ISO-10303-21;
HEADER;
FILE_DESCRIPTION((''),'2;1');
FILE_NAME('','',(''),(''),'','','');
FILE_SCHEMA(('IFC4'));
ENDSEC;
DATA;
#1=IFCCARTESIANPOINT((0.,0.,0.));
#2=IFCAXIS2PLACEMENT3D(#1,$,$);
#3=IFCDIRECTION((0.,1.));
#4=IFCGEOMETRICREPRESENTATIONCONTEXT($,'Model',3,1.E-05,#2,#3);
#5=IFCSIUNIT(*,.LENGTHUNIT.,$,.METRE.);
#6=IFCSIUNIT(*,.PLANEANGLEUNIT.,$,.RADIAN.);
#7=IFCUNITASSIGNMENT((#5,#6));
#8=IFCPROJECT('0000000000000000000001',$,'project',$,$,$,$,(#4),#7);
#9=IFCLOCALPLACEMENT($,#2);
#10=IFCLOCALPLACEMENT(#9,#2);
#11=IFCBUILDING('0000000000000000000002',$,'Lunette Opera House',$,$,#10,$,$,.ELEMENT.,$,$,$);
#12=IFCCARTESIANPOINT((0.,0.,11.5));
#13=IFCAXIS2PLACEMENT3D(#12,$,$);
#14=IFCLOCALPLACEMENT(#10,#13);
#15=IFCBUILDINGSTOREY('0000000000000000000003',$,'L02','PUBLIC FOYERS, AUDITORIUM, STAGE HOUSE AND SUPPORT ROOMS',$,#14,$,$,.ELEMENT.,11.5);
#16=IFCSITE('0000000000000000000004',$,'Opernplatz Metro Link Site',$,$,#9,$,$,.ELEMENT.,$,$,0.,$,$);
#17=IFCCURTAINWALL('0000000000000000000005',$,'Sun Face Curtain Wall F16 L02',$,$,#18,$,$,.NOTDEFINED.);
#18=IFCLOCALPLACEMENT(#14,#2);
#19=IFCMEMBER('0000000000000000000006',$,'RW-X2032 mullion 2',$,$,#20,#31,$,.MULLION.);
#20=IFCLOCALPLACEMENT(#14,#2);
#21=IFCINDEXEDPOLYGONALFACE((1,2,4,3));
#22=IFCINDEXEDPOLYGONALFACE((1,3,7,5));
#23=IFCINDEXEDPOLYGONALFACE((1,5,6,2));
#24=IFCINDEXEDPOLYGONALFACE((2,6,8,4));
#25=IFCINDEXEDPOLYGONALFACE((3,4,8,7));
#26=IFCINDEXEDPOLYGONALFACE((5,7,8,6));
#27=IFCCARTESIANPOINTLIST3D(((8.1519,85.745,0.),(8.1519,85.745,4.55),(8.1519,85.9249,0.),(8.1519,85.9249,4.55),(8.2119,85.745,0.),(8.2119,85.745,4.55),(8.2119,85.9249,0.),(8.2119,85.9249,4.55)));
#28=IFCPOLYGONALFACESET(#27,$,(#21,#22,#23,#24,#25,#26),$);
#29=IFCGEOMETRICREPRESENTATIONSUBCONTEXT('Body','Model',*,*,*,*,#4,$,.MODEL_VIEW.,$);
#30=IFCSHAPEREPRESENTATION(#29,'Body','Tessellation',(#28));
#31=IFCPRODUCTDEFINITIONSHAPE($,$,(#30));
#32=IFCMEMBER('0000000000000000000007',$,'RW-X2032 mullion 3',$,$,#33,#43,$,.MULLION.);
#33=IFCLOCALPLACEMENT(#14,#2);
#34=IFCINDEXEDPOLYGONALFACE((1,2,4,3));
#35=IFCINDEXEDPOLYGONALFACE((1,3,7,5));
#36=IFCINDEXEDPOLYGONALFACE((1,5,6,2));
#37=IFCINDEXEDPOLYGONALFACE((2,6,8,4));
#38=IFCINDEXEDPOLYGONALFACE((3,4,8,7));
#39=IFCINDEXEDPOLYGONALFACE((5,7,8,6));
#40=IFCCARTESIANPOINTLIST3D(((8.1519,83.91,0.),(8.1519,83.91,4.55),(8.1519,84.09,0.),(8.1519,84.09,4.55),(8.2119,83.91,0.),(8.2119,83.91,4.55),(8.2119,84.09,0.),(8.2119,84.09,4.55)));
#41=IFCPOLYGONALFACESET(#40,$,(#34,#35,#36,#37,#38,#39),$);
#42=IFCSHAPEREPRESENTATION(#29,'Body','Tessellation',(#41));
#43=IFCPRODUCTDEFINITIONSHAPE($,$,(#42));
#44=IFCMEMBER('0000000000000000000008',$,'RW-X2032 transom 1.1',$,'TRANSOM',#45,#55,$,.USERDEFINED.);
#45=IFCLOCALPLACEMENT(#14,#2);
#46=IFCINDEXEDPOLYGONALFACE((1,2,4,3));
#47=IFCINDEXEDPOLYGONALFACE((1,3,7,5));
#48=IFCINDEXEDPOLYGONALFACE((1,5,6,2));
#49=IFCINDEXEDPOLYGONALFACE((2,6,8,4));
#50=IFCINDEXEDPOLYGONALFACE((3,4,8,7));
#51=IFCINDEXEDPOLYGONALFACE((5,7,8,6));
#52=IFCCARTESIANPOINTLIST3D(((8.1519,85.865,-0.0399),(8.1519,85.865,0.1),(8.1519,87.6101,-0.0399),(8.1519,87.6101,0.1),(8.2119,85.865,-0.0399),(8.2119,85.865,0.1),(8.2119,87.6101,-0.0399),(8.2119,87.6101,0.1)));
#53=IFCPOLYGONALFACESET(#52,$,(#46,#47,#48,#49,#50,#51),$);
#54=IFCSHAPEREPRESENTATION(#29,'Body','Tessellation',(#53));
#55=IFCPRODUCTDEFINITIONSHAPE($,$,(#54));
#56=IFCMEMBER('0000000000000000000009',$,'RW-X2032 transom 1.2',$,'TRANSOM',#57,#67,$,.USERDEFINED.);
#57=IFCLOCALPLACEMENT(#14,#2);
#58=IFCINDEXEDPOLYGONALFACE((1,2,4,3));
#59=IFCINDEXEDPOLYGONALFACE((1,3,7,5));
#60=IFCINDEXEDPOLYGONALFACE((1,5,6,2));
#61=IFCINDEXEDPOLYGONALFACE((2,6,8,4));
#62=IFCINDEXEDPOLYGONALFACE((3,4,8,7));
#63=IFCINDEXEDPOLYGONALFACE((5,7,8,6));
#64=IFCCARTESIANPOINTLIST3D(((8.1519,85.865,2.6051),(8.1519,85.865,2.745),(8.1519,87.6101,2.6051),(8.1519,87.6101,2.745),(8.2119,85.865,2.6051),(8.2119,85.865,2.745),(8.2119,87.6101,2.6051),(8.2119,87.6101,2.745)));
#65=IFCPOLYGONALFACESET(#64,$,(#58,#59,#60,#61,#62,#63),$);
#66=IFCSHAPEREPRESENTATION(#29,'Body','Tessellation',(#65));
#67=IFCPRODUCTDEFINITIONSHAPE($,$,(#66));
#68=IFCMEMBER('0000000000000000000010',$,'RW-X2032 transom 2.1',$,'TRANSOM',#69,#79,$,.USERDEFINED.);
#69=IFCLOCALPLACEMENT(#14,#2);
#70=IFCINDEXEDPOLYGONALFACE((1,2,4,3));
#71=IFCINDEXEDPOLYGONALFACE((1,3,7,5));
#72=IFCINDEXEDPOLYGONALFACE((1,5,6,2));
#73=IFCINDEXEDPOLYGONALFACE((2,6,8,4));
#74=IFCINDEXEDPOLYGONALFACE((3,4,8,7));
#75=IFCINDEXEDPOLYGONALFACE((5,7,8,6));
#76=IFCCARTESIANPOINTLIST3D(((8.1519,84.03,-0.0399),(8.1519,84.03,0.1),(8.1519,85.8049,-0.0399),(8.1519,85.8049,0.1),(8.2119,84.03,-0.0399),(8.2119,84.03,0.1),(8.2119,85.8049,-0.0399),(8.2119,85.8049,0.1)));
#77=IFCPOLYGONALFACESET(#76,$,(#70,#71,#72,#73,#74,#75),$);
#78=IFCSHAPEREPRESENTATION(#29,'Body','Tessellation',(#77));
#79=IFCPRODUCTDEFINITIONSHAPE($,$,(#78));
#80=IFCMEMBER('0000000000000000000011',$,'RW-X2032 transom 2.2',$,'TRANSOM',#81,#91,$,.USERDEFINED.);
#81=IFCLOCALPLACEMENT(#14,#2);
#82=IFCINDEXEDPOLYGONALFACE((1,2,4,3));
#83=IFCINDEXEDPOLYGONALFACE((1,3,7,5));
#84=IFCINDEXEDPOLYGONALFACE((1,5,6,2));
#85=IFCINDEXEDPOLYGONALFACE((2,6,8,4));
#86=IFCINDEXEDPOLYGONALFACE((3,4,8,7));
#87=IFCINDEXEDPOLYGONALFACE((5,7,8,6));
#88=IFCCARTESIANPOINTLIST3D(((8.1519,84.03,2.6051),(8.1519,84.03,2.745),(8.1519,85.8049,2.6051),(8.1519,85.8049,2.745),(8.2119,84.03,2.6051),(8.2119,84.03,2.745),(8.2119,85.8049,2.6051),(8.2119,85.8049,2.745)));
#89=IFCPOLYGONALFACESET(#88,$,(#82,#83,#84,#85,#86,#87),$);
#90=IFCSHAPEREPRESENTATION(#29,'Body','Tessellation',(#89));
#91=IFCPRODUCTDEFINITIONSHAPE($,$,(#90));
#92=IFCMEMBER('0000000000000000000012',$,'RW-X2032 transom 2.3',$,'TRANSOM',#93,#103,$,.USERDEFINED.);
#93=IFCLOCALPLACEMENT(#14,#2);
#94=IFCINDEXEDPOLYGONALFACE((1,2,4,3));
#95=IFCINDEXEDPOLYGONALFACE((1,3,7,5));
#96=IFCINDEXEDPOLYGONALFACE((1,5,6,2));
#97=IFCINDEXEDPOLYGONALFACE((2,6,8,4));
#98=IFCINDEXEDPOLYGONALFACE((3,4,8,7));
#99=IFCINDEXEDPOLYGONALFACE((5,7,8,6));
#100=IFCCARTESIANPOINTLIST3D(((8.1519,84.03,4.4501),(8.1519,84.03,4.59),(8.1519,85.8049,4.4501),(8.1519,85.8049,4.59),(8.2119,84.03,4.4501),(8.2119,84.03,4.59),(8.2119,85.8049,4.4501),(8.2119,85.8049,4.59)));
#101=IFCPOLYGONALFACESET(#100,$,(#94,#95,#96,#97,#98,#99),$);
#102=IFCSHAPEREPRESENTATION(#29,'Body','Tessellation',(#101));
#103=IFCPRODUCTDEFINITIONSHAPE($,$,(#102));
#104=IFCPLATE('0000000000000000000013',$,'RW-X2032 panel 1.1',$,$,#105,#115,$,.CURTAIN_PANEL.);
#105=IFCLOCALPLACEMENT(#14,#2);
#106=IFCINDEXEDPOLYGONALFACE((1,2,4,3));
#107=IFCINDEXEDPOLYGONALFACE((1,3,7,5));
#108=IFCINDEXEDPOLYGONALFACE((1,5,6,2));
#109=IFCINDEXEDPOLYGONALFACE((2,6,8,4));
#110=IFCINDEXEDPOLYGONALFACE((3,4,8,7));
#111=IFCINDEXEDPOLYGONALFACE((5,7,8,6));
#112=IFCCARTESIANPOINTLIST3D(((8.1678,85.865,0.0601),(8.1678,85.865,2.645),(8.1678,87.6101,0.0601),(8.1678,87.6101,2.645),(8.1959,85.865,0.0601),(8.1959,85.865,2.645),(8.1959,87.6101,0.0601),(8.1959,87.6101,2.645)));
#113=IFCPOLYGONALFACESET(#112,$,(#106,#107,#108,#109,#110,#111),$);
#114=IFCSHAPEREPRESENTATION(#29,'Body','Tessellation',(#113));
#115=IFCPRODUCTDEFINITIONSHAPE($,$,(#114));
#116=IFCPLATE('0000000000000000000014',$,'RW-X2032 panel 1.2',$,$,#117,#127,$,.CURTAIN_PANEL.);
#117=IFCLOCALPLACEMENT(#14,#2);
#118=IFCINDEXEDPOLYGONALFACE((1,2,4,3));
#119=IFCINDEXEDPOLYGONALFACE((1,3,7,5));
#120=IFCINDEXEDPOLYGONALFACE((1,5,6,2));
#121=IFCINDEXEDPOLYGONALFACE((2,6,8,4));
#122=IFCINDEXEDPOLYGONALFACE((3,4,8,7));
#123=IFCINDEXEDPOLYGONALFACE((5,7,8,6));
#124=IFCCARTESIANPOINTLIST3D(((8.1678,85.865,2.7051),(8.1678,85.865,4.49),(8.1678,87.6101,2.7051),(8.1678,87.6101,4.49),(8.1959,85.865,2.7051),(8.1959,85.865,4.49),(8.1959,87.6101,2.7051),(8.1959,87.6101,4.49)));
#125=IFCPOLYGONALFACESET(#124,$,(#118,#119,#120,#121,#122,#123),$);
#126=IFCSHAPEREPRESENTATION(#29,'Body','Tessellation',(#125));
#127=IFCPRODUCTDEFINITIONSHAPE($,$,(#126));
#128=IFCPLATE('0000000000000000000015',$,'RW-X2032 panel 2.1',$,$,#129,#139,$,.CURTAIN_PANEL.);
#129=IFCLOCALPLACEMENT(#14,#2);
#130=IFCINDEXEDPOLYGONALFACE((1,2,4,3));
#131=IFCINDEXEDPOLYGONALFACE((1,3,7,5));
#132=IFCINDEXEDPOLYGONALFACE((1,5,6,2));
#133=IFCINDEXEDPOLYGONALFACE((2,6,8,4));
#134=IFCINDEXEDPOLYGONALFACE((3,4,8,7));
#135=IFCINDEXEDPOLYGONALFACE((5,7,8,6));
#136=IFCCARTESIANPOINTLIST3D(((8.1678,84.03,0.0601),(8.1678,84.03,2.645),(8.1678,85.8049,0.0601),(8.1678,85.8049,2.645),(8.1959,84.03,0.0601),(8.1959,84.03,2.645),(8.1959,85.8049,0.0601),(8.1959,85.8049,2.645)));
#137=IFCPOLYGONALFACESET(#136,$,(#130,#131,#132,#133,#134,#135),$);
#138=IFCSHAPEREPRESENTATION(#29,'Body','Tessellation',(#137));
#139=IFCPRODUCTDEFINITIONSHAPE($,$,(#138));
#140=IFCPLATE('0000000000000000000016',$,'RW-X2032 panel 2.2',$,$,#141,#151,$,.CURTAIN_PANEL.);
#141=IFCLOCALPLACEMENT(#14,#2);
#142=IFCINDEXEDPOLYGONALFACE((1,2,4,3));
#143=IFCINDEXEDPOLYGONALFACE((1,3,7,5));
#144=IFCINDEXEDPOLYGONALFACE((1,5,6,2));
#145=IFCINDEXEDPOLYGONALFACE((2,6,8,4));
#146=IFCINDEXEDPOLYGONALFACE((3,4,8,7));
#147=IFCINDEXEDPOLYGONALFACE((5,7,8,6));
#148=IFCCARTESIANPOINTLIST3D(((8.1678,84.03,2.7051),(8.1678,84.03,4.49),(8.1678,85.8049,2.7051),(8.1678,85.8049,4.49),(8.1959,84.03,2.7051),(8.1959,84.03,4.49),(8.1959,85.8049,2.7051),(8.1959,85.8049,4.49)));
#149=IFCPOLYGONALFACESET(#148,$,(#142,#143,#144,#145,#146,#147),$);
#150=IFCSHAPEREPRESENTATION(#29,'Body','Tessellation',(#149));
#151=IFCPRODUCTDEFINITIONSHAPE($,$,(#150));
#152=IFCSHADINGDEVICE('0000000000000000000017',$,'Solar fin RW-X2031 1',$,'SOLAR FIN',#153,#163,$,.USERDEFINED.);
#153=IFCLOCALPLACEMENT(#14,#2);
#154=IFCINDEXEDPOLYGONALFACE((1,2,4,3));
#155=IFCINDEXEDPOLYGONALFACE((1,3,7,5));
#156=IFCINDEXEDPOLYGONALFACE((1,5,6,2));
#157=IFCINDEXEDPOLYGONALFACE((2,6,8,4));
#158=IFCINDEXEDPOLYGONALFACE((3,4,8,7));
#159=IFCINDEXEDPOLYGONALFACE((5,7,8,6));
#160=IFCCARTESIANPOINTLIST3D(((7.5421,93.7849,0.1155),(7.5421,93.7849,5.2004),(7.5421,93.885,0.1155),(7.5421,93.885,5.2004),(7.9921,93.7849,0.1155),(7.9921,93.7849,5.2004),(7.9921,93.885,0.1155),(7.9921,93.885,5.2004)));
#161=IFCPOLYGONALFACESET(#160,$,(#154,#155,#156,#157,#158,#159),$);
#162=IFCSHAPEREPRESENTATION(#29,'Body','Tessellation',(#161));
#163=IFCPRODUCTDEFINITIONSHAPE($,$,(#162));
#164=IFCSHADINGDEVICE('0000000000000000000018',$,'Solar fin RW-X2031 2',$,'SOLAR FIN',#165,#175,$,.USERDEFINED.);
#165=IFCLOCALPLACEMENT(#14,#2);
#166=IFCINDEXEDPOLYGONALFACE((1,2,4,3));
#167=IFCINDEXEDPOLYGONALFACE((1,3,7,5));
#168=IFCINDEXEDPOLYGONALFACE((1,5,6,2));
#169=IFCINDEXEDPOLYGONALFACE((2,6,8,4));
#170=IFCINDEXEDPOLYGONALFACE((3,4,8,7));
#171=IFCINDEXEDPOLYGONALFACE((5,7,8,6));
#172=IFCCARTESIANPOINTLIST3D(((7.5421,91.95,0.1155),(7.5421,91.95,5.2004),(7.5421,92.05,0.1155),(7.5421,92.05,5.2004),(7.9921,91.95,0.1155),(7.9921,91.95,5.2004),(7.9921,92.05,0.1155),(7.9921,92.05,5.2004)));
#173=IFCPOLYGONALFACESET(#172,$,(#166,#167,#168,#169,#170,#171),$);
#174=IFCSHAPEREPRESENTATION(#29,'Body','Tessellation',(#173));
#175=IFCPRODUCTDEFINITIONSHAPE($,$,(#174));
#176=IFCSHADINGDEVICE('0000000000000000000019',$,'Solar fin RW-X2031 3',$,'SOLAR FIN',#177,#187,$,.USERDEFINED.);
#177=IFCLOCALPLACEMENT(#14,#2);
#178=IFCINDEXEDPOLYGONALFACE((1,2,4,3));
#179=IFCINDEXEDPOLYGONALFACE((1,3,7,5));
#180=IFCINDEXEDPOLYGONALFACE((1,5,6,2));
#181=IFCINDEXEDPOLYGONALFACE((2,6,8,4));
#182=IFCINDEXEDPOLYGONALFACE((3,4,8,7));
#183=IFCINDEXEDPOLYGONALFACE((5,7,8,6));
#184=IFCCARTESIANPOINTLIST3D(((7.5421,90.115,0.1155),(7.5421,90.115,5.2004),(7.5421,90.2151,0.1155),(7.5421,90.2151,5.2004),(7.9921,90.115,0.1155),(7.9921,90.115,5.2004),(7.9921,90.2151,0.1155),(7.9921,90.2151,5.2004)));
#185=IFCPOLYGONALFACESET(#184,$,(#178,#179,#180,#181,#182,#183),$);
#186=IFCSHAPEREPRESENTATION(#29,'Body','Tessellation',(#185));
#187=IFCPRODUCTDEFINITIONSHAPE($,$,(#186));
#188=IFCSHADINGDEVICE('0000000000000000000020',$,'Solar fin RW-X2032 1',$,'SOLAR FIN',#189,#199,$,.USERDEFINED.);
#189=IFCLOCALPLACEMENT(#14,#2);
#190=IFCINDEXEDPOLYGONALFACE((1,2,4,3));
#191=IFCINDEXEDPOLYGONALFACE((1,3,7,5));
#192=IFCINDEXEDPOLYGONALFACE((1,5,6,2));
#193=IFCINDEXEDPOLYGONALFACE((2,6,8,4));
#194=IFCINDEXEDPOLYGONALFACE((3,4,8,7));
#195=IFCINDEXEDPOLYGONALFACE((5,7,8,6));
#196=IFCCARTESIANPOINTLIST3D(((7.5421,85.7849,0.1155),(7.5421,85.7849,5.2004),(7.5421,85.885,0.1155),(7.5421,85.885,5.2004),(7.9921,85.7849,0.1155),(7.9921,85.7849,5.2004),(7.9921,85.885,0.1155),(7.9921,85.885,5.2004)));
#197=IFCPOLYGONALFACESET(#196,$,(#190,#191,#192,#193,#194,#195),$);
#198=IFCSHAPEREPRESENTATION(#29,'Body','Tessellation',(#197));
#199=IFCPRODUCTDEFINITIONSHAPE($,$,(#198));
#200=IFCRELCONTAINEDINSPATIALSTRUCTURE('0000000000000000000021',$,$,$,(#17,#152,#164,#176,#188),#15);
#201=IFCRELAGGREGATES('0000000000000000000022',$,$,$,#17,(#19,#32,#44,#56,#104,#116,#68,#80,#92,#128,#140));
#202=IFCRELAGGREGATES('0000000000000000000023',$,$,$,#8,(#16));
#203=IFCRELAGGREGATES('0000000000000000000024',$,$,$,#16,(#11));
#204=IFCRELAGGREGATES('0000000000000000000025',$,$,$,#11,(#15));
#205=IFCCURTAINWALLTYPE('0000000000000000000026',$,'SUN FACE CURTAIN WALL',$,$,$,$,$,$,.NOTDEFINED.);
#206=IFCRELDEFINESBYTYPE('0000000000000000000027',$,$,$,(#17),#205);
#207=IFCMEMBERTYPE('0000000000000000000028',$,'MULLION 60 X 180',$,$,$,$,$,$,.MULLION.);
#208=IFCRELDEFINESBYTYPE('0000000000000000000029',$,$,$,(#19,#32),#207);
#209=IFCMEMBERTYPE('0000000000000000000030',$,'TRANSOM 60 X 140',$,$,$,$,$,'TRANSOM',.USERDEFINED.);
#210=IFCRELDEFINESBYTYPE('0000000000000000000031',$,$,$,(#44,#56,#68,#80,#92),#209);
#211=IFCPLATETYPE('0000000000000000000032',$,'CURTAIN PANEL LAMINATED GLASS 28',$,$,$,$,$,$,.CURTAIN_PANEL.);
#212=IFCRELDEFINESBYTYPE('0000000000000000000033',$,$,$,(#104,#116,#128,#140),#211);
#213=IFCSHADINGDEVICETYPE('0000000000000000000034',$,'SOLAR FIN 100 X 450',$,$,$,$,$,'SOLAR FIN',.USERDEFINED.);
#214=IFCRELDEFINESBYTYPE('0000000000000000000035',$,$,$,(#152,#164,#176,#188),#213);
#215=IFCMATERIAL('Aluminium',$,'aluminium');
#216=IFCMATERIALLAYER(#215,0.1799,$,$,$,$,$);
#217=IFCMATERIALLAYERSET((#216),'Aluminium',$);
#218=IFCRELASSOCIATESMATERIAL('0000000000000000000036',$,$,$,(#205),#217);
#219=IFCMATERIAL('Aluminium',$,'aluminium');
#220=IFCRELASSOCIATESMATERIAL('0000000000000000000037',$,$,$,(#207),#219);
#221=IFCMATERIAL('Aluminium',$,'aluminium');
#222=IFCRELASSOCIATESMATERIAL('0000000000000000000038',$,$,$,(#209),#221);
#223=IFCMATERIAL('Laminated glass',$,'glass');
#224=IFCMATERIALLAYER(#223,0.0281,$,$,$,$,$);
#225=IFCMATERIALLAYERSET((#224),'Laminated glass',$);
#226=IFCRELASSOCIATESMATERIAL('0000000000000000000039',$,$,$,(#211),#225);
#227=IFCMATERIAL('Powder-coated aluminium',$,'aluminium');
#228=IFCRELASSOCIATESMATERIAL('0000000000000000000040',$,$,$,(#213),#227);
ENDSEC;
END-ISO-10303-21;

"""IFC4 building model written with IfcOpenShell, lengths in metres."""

from ifc_helpers import new_model, si_unit, direction, frame, origin, origin_2d, place, context, subcontext, project, spatial, rectangle, extrude, material, layer, layer_set, material_profile, profile_set, type_object, element, aggregate, save


model = new_model("IFC4")

# Units and contexts
model_context = context("Model", 3, precision=1e-05, world=origin(), true_north=direction((0.0, 1.0)))
body_context = subcontext(model_context, "Body", "Model", "MODEL_VIEW")
ifc_project = project(units=[si_unit("LENGTHUNIT", "METRE"), si_unit("PLANEANGLEUNIT", "RADIAN")], contexts=[model_context])

# Site, building, storey
site_placement = place(None, origin())
site = spatial("IfcSite", under=ifc_project, at=site_placement, Name="Opernplatz Metro Link Site", CompositionType="ELEMENT", RefElevation=0.0)
building_placement = place(site_placement, origin())
building = spatial("IfcBuilding", under=site, at=building_placement, Name="Lunette Opera House", CompositionType="ELEMENT")
storey_placement = place(building_placement, frame((0.0, 0.0, 11.5)))
storey = spatial("IfcBuildingStorey", under=building, at=storey_placement, Name="L02", Description="PUBLIC FOYERS, AUDITORIUM, STAGE HOUSE AND SUPPORT ROOMS", CompositionType="ELEMENT", Elevation=11.5)

# Curtain wall, members, plates
ifc_material_1 = material(Name="Aluminium", Category="aluminium")
ifc_layer_1 = layer(ifc_material_1, 0.1799)
ifc_layer_set_1 = layer_set([ifc_layer_1], Name="Aluminium")
curtain_wall_type = type_object("IfcCurtainWallType", Name="SUN FACE CURTAIN WALL", PredefinedType="NOTDEFINED", material=ifc_layer_set_1)
curtain_wall_placement = place(storey_placement, origin())
curtain_wall = element("IfcCurtainWall", 1, at=curtain_wall_placement, inside=storey, type_object=curtain_wall_type, Name="Sun Face Curtain Wall F16 L02", PredefinedType="NOTDEFINED")
ifc_material_2 = material(Name="Aluminium", Category="aluminium")
ifc_material_profile_1 = material_profile(ifc_material_2, rectangle(XDim=0.0601, YDim=0.1799, at=origin_2d()), Name="MULLION 60 X 180")
ifc_profile_set_1 = profile_set([ifc_material_profile_1], Name="Aluminium")
member_type_1 = type_object("IfcMemberType", Name="MULLION 60 X 180", PredefinedType="MULLION", material=ifc_profile_set_1)
member_1_placement = place(storey_placement, frame((8.1819, 85.835, 0.0), z_axis=(0.0, 0.0, 1.0), x_axis=(1.0, 0.0, 0.0)))
member_1 = element("IfcMember", 2, at=member_1_placement, type_object=member_type_1, Name="RW-X2032 mullion 2", PredefinedType="MULLION", context=body_context, shape_type="SweptSolid", body=[
    extrude(rectangle(XDim=0.0601, YDim=0.1799, at=origin_2d()), origin(), (0.0, 0.0, 1.0), 4.55),
])
member_2_placement = place(storey_placement, frame((8.1819, 84.0, 0.0), z_axis=(0.0, 0.0, 1.0), x_axis=(1.0, 0.0, 0.0)))
member_2 = element("IfcMember", 3, at=member_2_placement, type_object=member_type_1, Name="RW-X2032 mullion 3", PredefinedType="MULLION", context=body_context, shape_type="SweptSolid", body=[
    extrude(rectangle(XDim=0.0601, YDim=0.1799, at=origin_2d()), origin(), (0.0, 0.0, 1.0), 4.55),
])
ifc_material_3 = material(Name="Aluminium", Category="aluminium")
ifc_material_profile_2 = material_profile(ifc_material_3, rectangle(XDim=0.0601, YDim=0.1399, at=origin_2d()), Name="TRANSOM 60 X 140")
ifc_profile_set_2 = profile_set([ifc_material_profile_2], Name="Aluminium")
member_type_2 = type_object("IfcMemberType", Name="TRANSOM 60 X 140", ElementType="TRANSOM", PredefinedType="USERDEFINED", material=ifc_profile_set_2)
member_3_placement = place(storey_placement, frame((8.1819, 87.6101, 0.03), z_axis=(0.0, -1.0, 0.0), x_axis=(1.0, 0.0, 0.0)))
member_3 = element("IfcMember", 4, at=member_3_placement, type_object=member_type_2, Name="RW-X2032 transom 1.1", ObjectType="TRANSOM", PredefinedType="USERDEFINED", context=body_context, shape_type="SweptSolid", body=[
    extrude(rectangle(XDim=0.0601, YDim=0.1399, at=origin_2d()), origin(), (0.0, 0.0, 1.0), 1.7451),
])
member_4_placement = place(storey_placement, frame((8.1819, 87.6101, 2.675), z_axis=(0.0, -1.0, 0.0), x_axis=(1.0, 0.0, 0.0)))
member_4 = element("IfcMember", 5, at=member_4_placement, type_object=member_type_2, Name="RW-X2032 transom 1.2", ObjectType="TRANSOM", PredefinedType="USERDEFINED", context=body_context, shape_type="SweptSolid", body=[
    extrude(rectangle(XDim=0.0601, YDim=0.1399, at=origin_2d()), origin(), (0.0, 0.0, 1.0), 1.7451),
])
member_5_placement = place(storey_placement, frame((8.1819, 85.8049, 0.03), z_axis=(0.0, -1.0, 0.0), x_axis=(1.0, 0.0, 0.0)))
member_5 = element("IfcMember", 6, at=member_5_placement, type_object=member_type_2, Name="RW-X2032 transom 2.1", ObjectType="TRANSOM", PredefinedType="USERDEFINED", context=body_context, shape_type="SweptSolid", body=[
    extrude(rectangle(XDim=0.0601, YDim=0.1399, at=origin_2d()), origin(), (0.0, 0.0, 1.0), 1.7749),
])
member_6_placement = place(storey_placement, frame((8.1819, 85.8049, 2.675), z_axis=(0.0, -1.0, 0.0), x_axis=(1.0, 0.0, 0.0)))
member_6 = element("IfcMember", 7, at=member_6_placement, type_object=member_type_2, Name="RW-X2032 transom 2.2", ObjectType="TRANSOM", PredefinedType="USERDEFINED", context=body_context, shape_type="SweptSolid", body=[
    extrude(rectangle(XDim=0.0601, YDim=0.1399, at=origin_2d()), origin(), (0.0, 0.0, 1.0), 1.7749),
])
member_7_placement = place(storey_placement, frame((8.1819, 85.8049, 4.52), z_axis=(0.0, -1.0, 0.0), x_axis=(1.0, 0.0, 0.0)))
member_7 = element("IfcMember", 8, at=member_7_placement, type_object=member_type_2, Name="RW-X2032 transom 2.3", ObjectType="TRANSOM", PredefinedType="USERDEFINED", context=body_context, shape_type="SweptSolid", body=[
    extrude(rectangle(XDim=0.0601, YDim=0.1399, at=origin_2d()), origin(), (0.0, 0.0, 1.0), 1.7749),
])
ifc_material_4 = material(Name="Laminated glass", Category="glass")
ifc_layer_2 = layer(ifc_material_4, 0.0281)
ifc_layer_set_2 = layer_set([ifc_layer_2], Name="Laminated glass")
plate_type = type_object("IfcPlateType", Name="CURTAIN PANEL LAMINATED GLASS 28", PredefinedType="CURTAIN_PANEL", material=ifc_layer_set_2)
plate_1_placement = place(storey_placement, frame((8.1819, 86.7375, 0.0601), z_axis=(0.0, 0.0, 1.0), x_axis=(0.0, -1.0, 0.0)))
plate_1 = element("IfcPlate", 9, at=plate_1_placement, type_object=plate_type, Name="RW-X2032 panel 1.1", PredefinedType="CURTAIN_PANEL", context=body_context, shape_type="SweptSolid", body=[
    extrude(rectangle(XDim=1.7451, YDim=0.0281, at=origin_2d()), origin(), (0.0, 0.0, 1.0), 2.585),
])
plate_2_placement = place(storey_placement, frame((8.1819, 86.7375, 2.7051), z_axis=(0.0, 0.0, 1.0), x_axis=(0.0, -1.0, 0.0)))
plate_2 = element("IfcPlate", 10, at=plate_2_placement, type_object=plate_type, Name="RW-X2032 panel 1.2", PredefinedType="CURTAIN_PANEL", context=body_context, shape_type="SweptSolid", body=[
    extrude(rectangle(XDim=1.7451, YDim=0.0281, at=origin_2d()), origin(), (0.0, 0.0, 1.0), 1.7849),
])
plate_3_placement = place(storey_placement, frame((8.1819, 84.9175, 0.0601), z_axis=(0.0, 0.0, 1.0), x_axis=(0.0, -1.0, 0.0)))
plate_3 = element("IfcPlate", 11, at=plate_3_placement, type_object=plate_type, Name="RW-X2032 panel 2.1", PredefinedType="CURTAIN_PANEL", context=body_context, shape_type="SweptSolid", body=[
    extrude(rectangle(XDim=1.7749, YDim=0.0281, at=origin_2d()), origin(), (0.0, 0.0, 1.0), 2.585),
])
plate_4_placement = place(storey_placement, frame((8.1819, 84.9175, 2.7051), z_axis=(0.0, 0.0, 1.0), x_axis=(0.0, -1.0, 0.0)))
plate_4 = element("IfcPlate", 12, at=plate_4_placement, type_object=plate_type, Name="RW-X2032 panel 2.2", PredefinedType="CURTAIN_PANEL", context=body_context, shape_type="SweptSolid", body=[
    extrude(rectangle(XDim=1.7749, YDim=0.0281, at=origin_2d()), origin(), (0.0, 0.0, 1.0), 1.7849),
])
aggregate(curtain_wall, [member_1, member_2, member_3, member_4, plate_1, plate_2, member_5, member_6, member_7, plate_3, plate_4])

# Shading devices
ifc_material_5 = material(Name="Powder-coated aluminium", Category="aluminium")
shading_device_type = type_object("IfcShadingDeviceType", Name="SOLAR FIN 100 X 450", ElementType="SOLAR FIN", PredefinedType="USERDEFINED", material=ifc_material_5)
for number, where, z_axis, x_axis, name in (
    (13, (7.7671, 93.835, 0.1155), (0.0, 0.0, 1.0), (-1.0, 0.0, 0.0), "Solar fin RW-X2031 1"),
    (14, (7.7671, 92.0, 0.1155), (0.0, 0.0, 1.0), (-1.0, 0.0, 0.0), "Solar fin RW-X2031 2"),
    (15, (7.7671, 90.165, 0.1155), (0.0, 0.0, 1.0), (-1.0, 0.0, 0.0), "Solar fin RW-X2031 3"),
    (16, (7.7671, 85.835, 0.1155), (0.0, 0.0, 1.0), (-1.0, 0.0, 0.0), "Solar fin RW-X2032 1"),
):
    element("IfcShadingDevice", number, at=place(storey_placement, frame(where, z_axis=z_axis, x_axis=x_axis)), inside=storey, type_object=shading_device_type, Name=name, ObjectType="SOLAR FIN", PredefinedType="USERDEFINED", context=body_context, shape_type="SweptSolid", body=[
        extrude(rectangle(XDim=0.45, YDim=0.1001, at=origin_2d()), origin(), (0.0, 0.0, 1.0), 5.085),
    ])

save(model, "model.ifc")
